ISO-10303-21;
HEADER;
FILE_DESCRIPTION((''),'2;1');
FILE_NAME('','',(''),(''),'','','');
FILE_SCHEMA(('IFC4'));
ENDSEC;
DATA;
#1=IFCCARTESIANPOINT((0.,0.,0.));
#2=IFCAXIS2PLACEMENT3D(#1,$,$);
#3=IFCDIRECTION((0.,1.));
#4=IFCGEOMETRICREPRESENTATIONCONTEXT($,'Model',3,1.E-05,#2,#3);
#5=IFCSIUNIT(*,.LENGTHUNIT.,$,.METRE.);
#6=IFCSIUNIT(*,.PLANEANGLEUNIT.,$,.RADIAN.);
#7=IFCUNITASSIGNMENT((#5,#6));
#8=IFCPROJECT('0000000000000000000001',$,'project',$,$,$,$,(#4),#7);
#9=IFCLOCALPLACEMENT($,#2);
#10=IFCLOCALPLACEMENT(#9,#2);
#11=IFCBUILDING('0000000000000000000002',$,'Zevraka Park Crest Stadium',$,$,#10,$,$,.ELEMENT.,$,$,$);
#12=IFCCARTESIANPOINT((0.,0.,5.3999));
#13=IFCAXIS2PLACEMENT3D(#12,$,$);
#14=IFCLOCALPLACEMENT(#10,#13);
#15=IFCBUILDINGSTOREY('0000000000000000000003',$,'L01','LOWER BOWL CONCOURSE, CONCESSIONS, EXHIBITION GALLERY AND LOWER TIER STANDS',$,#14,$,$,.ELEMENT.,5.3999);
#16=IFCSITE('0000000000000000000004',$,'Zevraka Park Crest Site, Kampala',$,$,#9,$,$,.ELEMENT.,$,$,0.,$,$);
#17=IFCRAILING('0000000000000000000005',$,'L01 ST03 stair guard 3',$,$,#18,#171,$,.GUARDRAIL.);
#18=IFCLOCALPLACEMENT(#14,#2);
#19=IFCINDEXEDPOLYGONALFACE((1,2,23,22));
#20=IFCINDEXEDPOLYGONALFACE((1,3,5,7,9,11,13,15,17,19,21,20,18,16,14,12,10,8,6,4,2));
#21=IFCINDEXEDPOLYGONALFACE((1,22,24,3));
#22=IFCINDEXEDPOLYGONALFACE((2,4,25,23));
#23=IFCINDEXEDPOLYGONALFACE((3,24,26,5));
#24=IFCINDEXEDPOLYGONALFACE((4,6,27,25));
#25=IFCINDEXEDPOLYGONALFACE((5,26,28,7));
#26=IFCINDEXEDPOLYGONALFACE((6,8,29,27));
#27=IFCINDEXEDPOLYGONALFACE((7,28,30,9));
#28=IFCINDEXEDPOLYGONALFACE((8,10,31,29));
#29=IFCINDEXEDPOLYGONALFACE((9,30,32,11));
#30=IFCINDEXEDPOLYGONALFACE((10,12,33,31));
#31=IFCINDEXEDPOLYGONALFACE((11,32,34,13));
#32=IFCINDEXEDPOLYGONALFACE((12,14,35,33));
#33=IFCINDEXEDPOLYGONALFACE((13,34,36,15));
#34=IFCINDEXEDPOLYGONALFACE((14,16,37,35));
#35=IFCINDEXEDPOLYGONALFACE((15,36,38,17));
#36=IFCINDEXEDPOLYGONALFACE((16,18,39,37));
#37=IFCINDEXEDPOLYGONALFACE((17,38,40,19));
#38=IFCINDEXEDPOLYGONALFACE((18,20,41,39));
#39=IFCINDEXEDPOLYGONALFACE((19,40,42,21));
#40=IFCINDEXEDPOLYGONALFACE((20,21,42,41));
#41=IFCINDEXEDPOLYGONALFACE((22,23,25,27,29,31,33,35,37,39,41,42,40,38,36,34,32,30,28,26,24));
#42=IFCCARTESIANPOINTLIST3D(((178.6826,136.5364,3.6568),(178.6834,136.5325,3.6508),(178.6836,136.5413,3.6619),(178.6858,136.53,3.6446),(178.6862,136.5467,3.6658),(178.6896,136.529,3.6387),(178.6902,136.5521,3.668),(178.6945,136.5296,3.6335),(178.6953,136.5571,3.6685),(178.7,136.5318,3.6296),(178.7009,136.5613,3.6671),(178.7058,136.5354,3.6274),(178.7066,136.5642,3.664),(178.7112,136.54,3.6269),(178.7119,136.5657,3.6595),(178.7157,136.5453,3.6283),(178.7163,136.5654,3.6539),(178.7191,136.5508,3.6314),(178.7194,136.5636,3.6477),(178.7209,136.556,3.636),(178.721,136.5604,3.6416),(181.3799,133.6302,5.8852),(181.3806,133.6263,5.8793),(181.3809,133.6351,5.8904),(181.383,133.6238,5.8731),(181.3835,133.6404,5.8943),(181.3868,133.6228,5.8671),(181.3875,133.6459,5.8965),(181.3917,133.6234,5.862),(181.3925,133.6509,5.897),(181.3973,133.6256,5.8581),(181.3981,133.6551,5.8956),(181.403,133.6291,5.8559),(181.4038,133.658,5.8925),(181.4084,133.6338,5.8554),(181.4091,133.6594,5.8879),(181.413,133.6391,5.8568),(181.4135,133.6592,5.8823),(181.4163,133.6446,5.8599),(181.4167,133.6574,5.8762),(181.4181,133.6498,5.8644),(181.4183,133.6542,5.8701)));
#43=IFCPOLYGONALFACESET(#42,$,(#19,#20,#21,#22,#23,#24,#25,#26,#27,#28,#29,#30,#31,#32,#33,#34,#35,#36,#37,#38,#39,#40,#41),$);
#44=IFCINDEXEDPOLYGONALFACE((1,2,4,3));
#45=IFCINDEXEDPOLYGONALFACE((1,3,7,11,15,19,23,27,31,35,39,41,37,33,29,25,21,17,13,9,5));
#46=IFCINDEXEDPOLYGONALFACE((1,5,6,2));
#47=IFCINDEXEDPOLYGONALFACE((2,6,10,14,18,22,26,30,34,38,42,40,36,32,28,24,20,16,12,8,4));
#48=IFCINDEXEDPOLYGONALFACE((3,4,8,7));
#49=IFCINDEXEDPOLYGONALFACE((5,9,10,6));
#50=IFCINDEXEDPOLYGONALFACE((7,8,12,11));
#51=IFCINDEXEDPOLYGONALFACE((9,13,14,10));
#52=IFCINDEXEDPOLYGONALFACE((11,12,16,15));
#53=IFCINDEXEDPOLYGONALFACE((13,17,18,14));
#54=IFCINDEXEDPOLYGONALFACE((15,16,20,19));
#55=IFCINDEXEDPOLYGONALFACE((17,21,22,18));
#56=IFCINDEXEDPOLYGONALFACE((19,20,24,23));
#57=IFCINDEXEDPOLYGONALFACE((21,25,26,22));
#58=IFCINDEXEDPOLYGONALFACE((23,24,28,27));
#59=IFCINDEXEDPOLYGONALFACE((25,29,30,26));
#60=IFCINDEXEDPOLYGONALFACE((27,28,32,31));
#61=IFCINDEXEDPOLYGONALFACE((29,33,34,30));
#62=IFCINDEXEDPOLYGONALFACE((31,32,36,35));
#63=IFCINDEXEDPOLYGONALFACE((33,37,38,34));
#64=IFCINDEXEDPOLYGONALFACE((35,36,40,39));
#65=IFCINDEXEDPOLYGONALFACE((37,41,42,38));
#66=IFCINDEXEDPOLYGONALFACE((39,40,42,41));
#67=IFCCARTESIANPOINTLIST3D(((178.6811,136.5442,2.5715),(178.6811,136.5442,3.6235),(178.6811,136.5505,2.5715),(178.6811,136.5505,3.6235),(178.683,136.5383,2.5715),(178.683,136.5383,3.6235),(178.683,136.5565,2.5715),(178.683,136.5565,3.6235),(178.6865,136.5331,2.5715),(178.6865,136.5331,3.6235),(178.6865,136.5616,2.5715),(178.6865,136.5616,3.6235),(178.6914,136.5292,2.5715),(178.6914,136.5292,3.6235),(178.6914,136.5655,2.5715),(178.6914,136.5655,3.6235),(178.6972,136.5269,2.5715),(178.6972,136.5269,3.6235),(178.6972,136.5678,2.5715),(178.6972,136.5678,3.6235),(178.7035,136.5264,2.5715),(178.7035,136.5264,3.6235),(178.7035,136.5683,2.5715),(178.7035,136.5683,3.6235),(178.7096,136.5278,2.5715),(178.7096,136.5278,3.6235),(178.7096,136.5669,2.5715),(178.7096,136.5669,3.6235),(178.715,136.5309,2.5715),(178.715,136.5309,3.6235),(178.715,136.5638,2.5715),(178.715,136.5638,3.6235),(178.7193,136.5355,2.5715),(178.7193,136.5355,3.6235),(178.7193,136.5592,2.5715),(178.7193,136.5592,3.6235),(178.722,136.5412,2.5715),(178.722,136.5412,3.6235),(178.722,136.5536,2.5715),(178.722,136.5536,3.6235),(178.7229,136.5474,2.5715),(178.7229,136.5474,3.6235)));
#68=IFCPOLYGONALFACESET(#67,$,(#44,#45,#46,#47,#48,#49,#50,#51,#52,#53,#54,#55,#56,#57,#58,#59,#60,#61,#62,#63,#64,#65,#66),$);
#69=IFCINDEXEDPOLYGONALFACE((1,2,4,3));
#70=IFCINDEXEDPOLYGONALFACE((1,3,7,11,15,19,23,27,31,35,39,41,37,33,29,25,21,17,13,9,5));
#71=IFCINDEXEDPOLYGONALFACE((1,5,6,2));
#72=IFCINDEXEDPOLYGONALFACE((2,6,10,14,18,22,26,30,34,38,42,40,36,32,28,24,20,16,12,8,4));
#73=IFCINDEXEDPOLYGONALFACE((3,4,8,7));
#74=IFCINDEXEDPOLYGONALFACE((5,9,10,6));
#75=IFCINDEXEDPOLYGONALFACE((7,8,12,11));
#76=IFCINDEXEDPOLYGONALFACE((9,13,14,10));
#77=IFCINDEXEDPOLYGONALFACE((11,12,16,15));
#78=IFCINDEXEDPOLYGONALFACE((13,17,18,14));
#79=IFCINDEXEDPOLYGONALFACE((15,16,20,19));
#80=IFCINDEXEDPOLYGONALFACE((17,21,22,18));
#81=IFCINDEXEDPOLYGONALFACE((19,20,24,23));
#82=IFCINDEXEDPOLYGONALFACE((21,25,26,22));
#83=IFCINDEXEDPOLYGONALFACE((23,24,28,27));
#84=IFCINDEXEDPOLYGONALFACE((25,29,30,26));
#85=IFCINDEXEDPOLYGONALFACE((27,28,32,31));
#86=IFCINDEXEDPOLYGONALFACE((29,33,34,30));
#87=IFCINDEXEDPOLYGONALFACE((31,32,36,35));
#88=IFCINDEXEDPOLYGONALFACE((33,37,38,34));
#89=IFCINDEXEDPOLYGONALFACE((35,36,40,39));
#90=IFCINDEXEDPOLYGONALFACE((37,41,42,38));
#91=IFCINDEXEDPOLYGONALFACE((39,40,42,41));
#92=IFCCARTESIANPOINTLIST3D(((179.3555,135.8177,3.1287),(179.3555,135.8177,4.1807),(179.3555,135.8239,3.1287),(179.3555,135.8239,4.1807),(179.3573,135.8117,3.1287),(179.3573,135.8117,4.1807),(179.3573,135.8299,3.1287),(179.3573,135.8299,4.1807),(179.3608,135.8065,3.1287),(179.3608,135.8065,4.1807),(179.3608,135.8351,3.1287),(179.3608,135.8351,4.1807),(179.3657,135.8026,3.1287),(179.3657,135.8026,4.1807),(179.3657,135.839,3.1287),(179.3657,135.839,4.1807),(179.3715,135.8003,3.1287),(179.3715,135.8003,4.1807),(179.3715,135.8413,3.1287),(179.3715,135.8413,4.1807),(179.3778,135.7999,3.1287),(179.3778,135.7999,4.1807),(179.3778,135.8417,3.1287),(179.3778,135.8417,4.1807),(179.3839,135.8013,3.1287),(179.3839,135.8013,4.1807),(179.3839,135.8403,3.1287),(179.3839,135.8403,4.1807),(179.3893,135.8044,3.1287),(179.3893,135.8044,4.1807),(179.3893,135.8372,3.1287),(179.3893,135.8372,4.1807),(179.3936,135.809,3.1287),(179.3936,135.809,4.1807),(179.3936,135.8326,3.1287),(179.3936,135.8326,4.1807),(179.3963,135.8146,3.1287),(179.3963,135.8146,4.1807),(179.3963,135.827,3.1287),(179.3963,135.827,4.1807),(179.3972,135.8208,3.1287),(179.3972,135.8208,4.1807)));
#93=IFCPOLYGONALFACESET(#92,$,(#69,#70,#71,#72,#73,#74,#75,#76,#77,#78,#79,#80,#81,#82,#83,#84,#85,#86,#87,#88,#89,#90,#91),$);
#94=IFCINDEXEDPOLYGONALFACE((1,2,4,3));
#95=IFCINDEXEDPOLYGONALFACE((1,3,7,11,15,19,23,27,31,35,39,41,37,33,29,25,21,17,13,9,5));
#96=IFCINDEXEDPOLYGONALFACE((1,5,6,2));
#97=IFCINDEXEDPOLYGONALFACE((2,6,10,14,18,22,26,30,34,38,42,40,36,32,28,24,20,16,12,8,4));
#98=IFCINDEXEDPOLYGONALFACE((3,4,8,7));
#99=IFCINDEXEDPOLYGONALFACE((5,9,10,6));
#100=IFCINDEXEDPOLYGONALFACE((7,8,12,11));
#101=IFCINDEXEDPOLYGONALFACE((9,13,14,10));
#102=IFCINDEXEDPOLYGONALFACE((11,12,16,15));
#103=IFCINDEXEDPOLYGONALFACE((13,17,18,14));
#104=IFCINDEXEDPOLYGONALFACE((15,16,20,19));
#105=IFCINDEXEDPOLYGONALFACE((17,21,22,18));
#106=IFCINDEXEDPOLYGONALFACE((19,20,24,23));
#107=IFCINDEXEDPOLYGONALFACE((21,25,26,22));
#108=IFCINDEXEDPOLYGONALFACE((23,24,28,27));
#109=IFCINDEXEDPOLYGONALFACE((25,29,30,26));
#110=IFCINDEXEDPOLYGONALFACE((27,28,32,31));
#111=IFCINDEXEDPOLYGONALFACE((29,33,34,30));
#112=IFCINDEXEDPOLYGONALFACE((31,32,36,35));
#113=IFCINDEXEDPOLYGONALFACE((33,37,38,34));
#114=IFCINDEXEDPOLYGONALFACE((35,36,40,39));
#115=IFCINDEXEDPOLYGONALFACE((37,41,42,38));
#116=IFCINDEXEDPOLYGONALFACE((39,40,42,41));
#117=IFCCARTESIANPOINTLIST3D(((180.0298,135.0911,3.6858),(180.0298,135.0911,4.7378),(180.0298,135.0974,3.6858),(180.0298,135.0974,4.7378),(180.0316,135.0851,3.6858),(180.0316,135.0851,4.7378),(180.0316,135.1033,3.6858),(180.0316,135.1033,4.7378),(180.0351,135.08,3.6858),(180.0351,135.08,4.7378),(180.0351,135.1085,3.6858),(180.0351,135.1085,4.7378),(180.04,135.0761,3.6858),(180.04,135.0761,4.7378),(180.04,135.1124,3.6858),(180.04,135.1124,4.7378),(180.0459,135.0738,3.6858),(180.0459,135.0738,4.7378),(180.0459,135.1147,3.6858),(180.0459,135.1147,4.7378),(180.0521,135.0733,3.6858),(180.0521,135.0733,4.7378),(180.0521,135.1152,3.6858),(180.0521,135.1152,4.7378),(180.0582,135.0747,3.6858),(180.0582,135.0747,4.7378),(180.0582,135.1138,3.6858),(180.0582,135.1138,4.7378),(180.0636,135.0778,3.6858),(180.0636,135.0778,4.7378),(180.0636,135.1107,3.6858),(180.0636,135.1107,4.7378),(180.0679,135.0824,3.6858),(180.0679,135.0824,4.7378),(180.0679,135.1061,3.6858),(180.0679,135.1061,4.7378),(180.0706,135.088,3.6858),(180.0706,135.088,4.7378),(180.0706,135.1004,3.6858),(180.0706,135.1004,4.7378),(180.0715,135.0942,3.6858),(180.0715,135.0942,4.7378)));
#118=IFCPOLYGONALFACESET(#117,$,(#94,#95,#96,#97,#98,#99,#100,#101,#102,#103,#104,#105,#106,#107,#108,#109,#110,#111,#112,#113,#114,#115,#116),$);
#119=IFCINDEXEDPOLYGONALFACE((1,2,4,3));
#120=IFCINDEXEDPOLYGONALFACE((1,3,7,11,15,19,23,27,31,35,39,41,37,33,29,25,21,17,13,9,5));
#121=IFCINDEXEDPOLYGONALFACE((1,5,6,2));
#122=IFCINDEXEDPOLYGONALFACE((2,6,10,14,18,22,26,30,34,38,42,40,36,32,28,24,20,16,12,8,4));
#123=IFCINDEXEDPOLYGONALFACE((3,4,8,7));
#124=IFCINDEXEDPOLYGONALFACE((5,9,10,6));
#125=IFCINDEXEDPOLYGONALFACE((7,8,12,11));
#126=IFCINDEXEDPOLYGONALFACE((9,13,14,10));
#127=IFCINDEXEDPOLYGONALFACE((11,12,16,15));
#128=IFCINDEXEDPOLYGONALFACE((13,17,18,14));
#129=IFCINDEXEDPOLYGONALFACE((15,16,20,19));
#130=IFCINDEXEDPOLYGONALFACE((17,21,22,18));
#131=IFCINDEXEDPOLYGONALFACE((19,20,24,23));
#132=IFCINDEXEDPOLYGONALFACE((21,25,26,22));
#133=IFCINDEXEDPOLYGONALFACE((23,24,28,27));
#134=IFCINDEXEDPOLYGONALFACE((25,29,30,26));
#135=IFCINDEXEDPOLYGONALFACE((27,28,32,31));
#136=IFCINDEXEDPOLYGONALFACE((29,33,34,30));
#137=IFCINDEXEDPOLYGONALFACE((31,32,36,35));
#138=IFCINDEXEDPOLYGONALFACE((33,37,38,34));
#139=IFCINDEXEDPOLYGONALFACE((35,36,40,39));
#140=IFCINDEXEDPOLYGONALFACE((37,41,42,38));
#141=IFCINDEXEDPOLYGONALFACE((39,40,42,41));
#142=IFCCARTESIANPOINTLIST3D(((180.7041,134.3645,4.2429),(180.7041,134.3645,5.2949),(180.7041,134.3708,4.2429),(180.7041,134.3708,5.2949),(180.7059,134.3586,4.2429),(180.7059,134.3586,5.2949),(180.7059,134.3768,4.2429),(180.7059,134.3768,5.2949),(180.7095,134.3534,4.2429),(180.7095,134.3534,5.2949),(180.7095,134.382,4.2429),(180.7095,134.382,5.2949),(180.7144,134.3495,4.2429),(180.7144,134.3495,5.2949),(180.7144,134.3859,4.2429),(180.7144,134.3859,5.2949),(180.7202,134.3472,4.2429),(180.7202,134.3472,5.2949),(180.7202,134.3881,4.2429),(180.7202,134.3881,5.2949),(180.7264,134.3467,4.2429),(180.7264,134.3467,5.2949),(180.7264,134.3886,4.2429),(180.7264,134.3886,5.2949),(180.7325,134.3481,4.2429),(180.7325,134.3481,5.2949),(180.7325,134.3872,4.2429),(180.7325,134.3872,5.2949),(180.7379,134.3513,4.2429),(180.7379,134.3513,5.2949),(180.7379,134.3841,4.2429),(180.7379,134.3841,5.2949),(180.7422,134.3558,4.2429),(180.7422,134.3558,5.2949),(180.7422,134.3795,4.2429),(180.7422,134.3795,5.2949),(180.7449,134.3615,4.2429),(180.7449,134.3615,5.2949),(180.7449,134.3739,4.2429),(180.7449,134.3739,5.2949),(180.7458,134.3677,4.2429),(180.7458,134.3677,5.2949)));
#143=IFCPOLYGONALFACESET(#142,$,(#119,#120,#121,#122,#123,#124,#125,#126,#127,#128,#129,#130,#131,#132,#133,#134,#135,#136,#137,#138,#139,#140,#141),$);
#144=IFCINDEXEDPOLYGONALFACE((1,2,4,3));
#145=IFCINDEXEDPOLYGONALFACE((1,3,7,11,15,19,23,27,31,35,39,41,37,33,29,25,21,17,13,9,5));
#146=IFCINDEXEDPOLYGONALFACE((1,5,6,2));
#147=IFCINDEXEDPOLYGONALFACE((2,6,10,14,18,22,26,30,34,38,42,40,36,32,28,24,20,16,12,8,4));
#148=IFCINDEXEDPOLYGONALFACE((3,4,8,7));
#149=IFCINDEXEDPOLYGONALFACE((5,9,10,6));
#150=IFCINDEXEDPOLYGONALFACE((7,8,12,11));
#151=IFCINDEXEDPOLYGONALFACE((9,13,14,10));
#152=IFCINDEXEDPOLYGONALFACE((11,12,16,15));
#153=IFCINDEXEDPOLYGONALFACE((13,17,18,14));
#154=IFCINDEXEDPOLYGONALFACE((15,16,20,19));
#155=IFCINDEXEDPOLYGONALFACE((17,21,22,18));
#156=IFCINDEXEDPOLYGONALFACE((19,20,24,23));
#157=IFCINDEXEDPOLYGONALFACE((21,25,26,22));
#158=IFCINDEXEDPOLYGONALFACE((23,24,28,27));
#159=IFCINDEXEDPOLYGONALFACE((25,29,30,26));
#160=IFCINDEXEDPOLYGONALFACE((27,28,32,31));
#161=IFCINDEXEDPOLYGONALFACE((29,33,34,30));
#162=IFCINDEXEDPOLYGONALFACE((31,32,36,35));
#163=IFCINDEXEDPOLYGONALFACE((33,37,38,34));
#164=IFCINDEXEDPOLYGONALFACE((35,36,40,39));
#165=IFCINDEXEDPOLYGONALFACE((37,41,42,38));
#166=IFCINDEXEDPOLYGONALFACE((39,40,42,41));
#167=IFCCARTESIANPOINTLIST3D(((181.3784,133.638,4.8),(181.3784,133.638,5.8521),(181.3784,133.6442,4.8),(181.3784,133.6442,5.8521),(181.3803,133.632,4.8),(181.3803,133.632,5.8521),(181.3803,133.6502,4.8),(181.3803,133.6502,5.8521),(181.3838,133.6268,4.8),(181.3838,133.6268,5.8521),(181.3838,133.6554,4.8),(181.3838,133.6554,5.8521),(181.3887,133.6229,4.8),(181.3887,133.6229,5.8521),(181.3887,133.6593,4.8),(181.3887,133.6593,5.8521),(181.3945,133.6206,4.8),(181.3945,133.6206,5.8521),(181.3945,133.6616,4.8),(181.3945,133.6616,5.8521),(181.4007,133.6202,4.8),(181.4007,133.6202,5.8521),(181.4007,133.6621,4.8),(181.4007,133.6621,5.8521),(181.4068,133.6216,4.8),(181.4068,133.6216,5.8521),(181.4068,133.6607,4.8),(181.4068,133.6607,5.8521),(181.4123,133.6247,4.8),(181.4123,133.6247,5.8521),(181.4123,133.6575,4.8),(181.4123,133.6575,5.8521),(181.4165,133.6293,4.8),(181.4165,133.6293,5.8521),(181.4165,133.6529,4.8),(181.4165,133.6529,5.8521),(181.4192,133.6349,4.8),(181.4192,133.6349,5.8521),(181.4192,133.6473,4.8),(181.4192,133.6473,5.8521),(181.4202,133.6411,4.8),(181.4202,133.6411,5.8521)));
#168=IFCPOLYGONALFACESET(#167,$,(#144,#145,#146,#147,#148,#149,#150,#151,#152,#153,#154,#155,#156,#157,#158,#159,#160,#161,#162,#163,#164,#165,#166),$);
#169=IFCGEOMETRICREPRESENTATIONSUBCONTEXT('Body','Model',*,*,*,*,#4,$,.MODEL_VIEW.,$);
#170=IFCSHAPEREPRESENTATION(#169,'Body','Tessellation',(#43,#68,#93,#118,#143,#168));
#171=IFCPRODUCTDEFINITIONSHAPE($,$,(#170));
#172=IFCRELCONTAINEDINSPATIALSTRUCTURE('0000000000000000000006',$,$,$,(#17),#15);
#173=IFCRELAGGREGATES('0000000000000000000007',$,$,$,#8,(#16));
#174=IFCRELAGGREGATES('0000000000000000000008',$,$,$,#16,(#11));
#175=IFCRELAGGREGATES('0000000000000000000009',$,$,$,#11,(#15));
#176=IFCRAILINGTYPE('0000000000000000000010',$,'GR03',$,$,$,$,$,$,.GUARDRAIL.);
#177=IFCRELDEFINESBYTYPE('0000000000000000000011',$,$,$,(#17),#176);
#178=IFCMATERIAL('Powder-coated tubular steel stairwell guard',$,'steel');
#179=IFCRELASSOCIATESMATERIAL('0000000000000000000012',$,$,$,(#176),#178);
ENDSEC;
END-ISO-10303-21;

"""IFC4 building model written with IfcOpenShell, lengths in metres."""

from ifc_helpers import new_model, si_unit, direction, frame, origin, origin_2d, place, context, subcontext, project, spatial, circle, extrude, material, type_object, element, save


model = new_model("IFC4")

# Units and contexts
model_context = context("Model", 3, precision=1e-05, world=origin(), true_north=direction((0.0, 1.0)))
body_context = subcontext(model_context, "Body", "Model", "MODEL_VIEW")
ifc_project = project(units=[si_unit("LENGTHUNIT", "METRE"), si_unit("PLANEANGLEUNIT", "RADIAN")], contexts=[model_context])

# Site, building, storey
site_placement = place(None, origin())
site = spatial("IfcSite", under=ifc_project, at=site_placement, Name="Zevraka Park Crest Site, Kampala", CompositionType="ELEMENT", RefElevation=0.0)
building_placement = place(site_placement, origin())
building = spatial("IfcBuilding", under=site, at=building_placement, Name="Zevraka Park Crest Stadium", CompositionType="ELEMENT")
storey_placement = place(building_placement, frame((0.0, 0.0, 5.3999)))
storey = spatial("IfcBuildingStorey", under=building, at=storey_placement, Name="L01", Description="LOWER BOWL CONCOURSE, CONCESSIONS, EXHIBITION GALLERY AND LOWER TIER STANDS", CompositionType="ELEMENT", Elevation=5.3999)

# Railing
ifc_material_1 = material(Name="Powder-coated tubular steel stairwell guard", Category="steel")
railing_type_1 = type_object("IfcRailingType", Name="GR03", PredefinedType="GUARDRAIL", material=ifc_material_1)
railing_1_placement = place(storey_placement, frame((178.7019, 136.5474, 2.5715)))
element("IfcRailing", 1, at=railing_1_placement, inside=storey, type_object=railing_type_1, Name="L01 ST03 stair guard 3", PredefinedType="GUARDRAIL", context=body_context, shape_type="SweptSolid", body=[
    extrude(circle(Radius=0.0239, at=origin_2d()), frame((0.0, 0.0, 1.0762), z_axis=(0.593016, -0.638963, 0.489957), x_axis=(0.732969, 0.680262, 0.0)), (0.0, 0.0, 1.0), 4.5483),
    extrude(circle(Radius=0.021, at=origin_2d()), origin(), (0.0, 0.0, 1.0), 1.052),
    extrude(circle(Radius=0.021, at=origin_2d()), frame((0.6743, -0.7266, 0.5571)), (0.0, 0.0, 1.0), 1.052),
    extrude(circle(Radius=0.021, at=origin_2d()), frame((1.3486, -1.4531, 1.1143)), (0.0, 0.0, 1.0), 1.052),
    extrude(circle(Radius=0.021, at=origin_2d()), frame((2.0229, -2.1797, 1.6714)), (0.0, 0.0, 1.0), 1.052),
    extrude(circle(Radius=0.021, at=origin_2d()), frame((2.6973, -2.9062, 2.2285)), (0.0, 0.0, 1.0), 1.052),
])

save(model, "model.ifc")
